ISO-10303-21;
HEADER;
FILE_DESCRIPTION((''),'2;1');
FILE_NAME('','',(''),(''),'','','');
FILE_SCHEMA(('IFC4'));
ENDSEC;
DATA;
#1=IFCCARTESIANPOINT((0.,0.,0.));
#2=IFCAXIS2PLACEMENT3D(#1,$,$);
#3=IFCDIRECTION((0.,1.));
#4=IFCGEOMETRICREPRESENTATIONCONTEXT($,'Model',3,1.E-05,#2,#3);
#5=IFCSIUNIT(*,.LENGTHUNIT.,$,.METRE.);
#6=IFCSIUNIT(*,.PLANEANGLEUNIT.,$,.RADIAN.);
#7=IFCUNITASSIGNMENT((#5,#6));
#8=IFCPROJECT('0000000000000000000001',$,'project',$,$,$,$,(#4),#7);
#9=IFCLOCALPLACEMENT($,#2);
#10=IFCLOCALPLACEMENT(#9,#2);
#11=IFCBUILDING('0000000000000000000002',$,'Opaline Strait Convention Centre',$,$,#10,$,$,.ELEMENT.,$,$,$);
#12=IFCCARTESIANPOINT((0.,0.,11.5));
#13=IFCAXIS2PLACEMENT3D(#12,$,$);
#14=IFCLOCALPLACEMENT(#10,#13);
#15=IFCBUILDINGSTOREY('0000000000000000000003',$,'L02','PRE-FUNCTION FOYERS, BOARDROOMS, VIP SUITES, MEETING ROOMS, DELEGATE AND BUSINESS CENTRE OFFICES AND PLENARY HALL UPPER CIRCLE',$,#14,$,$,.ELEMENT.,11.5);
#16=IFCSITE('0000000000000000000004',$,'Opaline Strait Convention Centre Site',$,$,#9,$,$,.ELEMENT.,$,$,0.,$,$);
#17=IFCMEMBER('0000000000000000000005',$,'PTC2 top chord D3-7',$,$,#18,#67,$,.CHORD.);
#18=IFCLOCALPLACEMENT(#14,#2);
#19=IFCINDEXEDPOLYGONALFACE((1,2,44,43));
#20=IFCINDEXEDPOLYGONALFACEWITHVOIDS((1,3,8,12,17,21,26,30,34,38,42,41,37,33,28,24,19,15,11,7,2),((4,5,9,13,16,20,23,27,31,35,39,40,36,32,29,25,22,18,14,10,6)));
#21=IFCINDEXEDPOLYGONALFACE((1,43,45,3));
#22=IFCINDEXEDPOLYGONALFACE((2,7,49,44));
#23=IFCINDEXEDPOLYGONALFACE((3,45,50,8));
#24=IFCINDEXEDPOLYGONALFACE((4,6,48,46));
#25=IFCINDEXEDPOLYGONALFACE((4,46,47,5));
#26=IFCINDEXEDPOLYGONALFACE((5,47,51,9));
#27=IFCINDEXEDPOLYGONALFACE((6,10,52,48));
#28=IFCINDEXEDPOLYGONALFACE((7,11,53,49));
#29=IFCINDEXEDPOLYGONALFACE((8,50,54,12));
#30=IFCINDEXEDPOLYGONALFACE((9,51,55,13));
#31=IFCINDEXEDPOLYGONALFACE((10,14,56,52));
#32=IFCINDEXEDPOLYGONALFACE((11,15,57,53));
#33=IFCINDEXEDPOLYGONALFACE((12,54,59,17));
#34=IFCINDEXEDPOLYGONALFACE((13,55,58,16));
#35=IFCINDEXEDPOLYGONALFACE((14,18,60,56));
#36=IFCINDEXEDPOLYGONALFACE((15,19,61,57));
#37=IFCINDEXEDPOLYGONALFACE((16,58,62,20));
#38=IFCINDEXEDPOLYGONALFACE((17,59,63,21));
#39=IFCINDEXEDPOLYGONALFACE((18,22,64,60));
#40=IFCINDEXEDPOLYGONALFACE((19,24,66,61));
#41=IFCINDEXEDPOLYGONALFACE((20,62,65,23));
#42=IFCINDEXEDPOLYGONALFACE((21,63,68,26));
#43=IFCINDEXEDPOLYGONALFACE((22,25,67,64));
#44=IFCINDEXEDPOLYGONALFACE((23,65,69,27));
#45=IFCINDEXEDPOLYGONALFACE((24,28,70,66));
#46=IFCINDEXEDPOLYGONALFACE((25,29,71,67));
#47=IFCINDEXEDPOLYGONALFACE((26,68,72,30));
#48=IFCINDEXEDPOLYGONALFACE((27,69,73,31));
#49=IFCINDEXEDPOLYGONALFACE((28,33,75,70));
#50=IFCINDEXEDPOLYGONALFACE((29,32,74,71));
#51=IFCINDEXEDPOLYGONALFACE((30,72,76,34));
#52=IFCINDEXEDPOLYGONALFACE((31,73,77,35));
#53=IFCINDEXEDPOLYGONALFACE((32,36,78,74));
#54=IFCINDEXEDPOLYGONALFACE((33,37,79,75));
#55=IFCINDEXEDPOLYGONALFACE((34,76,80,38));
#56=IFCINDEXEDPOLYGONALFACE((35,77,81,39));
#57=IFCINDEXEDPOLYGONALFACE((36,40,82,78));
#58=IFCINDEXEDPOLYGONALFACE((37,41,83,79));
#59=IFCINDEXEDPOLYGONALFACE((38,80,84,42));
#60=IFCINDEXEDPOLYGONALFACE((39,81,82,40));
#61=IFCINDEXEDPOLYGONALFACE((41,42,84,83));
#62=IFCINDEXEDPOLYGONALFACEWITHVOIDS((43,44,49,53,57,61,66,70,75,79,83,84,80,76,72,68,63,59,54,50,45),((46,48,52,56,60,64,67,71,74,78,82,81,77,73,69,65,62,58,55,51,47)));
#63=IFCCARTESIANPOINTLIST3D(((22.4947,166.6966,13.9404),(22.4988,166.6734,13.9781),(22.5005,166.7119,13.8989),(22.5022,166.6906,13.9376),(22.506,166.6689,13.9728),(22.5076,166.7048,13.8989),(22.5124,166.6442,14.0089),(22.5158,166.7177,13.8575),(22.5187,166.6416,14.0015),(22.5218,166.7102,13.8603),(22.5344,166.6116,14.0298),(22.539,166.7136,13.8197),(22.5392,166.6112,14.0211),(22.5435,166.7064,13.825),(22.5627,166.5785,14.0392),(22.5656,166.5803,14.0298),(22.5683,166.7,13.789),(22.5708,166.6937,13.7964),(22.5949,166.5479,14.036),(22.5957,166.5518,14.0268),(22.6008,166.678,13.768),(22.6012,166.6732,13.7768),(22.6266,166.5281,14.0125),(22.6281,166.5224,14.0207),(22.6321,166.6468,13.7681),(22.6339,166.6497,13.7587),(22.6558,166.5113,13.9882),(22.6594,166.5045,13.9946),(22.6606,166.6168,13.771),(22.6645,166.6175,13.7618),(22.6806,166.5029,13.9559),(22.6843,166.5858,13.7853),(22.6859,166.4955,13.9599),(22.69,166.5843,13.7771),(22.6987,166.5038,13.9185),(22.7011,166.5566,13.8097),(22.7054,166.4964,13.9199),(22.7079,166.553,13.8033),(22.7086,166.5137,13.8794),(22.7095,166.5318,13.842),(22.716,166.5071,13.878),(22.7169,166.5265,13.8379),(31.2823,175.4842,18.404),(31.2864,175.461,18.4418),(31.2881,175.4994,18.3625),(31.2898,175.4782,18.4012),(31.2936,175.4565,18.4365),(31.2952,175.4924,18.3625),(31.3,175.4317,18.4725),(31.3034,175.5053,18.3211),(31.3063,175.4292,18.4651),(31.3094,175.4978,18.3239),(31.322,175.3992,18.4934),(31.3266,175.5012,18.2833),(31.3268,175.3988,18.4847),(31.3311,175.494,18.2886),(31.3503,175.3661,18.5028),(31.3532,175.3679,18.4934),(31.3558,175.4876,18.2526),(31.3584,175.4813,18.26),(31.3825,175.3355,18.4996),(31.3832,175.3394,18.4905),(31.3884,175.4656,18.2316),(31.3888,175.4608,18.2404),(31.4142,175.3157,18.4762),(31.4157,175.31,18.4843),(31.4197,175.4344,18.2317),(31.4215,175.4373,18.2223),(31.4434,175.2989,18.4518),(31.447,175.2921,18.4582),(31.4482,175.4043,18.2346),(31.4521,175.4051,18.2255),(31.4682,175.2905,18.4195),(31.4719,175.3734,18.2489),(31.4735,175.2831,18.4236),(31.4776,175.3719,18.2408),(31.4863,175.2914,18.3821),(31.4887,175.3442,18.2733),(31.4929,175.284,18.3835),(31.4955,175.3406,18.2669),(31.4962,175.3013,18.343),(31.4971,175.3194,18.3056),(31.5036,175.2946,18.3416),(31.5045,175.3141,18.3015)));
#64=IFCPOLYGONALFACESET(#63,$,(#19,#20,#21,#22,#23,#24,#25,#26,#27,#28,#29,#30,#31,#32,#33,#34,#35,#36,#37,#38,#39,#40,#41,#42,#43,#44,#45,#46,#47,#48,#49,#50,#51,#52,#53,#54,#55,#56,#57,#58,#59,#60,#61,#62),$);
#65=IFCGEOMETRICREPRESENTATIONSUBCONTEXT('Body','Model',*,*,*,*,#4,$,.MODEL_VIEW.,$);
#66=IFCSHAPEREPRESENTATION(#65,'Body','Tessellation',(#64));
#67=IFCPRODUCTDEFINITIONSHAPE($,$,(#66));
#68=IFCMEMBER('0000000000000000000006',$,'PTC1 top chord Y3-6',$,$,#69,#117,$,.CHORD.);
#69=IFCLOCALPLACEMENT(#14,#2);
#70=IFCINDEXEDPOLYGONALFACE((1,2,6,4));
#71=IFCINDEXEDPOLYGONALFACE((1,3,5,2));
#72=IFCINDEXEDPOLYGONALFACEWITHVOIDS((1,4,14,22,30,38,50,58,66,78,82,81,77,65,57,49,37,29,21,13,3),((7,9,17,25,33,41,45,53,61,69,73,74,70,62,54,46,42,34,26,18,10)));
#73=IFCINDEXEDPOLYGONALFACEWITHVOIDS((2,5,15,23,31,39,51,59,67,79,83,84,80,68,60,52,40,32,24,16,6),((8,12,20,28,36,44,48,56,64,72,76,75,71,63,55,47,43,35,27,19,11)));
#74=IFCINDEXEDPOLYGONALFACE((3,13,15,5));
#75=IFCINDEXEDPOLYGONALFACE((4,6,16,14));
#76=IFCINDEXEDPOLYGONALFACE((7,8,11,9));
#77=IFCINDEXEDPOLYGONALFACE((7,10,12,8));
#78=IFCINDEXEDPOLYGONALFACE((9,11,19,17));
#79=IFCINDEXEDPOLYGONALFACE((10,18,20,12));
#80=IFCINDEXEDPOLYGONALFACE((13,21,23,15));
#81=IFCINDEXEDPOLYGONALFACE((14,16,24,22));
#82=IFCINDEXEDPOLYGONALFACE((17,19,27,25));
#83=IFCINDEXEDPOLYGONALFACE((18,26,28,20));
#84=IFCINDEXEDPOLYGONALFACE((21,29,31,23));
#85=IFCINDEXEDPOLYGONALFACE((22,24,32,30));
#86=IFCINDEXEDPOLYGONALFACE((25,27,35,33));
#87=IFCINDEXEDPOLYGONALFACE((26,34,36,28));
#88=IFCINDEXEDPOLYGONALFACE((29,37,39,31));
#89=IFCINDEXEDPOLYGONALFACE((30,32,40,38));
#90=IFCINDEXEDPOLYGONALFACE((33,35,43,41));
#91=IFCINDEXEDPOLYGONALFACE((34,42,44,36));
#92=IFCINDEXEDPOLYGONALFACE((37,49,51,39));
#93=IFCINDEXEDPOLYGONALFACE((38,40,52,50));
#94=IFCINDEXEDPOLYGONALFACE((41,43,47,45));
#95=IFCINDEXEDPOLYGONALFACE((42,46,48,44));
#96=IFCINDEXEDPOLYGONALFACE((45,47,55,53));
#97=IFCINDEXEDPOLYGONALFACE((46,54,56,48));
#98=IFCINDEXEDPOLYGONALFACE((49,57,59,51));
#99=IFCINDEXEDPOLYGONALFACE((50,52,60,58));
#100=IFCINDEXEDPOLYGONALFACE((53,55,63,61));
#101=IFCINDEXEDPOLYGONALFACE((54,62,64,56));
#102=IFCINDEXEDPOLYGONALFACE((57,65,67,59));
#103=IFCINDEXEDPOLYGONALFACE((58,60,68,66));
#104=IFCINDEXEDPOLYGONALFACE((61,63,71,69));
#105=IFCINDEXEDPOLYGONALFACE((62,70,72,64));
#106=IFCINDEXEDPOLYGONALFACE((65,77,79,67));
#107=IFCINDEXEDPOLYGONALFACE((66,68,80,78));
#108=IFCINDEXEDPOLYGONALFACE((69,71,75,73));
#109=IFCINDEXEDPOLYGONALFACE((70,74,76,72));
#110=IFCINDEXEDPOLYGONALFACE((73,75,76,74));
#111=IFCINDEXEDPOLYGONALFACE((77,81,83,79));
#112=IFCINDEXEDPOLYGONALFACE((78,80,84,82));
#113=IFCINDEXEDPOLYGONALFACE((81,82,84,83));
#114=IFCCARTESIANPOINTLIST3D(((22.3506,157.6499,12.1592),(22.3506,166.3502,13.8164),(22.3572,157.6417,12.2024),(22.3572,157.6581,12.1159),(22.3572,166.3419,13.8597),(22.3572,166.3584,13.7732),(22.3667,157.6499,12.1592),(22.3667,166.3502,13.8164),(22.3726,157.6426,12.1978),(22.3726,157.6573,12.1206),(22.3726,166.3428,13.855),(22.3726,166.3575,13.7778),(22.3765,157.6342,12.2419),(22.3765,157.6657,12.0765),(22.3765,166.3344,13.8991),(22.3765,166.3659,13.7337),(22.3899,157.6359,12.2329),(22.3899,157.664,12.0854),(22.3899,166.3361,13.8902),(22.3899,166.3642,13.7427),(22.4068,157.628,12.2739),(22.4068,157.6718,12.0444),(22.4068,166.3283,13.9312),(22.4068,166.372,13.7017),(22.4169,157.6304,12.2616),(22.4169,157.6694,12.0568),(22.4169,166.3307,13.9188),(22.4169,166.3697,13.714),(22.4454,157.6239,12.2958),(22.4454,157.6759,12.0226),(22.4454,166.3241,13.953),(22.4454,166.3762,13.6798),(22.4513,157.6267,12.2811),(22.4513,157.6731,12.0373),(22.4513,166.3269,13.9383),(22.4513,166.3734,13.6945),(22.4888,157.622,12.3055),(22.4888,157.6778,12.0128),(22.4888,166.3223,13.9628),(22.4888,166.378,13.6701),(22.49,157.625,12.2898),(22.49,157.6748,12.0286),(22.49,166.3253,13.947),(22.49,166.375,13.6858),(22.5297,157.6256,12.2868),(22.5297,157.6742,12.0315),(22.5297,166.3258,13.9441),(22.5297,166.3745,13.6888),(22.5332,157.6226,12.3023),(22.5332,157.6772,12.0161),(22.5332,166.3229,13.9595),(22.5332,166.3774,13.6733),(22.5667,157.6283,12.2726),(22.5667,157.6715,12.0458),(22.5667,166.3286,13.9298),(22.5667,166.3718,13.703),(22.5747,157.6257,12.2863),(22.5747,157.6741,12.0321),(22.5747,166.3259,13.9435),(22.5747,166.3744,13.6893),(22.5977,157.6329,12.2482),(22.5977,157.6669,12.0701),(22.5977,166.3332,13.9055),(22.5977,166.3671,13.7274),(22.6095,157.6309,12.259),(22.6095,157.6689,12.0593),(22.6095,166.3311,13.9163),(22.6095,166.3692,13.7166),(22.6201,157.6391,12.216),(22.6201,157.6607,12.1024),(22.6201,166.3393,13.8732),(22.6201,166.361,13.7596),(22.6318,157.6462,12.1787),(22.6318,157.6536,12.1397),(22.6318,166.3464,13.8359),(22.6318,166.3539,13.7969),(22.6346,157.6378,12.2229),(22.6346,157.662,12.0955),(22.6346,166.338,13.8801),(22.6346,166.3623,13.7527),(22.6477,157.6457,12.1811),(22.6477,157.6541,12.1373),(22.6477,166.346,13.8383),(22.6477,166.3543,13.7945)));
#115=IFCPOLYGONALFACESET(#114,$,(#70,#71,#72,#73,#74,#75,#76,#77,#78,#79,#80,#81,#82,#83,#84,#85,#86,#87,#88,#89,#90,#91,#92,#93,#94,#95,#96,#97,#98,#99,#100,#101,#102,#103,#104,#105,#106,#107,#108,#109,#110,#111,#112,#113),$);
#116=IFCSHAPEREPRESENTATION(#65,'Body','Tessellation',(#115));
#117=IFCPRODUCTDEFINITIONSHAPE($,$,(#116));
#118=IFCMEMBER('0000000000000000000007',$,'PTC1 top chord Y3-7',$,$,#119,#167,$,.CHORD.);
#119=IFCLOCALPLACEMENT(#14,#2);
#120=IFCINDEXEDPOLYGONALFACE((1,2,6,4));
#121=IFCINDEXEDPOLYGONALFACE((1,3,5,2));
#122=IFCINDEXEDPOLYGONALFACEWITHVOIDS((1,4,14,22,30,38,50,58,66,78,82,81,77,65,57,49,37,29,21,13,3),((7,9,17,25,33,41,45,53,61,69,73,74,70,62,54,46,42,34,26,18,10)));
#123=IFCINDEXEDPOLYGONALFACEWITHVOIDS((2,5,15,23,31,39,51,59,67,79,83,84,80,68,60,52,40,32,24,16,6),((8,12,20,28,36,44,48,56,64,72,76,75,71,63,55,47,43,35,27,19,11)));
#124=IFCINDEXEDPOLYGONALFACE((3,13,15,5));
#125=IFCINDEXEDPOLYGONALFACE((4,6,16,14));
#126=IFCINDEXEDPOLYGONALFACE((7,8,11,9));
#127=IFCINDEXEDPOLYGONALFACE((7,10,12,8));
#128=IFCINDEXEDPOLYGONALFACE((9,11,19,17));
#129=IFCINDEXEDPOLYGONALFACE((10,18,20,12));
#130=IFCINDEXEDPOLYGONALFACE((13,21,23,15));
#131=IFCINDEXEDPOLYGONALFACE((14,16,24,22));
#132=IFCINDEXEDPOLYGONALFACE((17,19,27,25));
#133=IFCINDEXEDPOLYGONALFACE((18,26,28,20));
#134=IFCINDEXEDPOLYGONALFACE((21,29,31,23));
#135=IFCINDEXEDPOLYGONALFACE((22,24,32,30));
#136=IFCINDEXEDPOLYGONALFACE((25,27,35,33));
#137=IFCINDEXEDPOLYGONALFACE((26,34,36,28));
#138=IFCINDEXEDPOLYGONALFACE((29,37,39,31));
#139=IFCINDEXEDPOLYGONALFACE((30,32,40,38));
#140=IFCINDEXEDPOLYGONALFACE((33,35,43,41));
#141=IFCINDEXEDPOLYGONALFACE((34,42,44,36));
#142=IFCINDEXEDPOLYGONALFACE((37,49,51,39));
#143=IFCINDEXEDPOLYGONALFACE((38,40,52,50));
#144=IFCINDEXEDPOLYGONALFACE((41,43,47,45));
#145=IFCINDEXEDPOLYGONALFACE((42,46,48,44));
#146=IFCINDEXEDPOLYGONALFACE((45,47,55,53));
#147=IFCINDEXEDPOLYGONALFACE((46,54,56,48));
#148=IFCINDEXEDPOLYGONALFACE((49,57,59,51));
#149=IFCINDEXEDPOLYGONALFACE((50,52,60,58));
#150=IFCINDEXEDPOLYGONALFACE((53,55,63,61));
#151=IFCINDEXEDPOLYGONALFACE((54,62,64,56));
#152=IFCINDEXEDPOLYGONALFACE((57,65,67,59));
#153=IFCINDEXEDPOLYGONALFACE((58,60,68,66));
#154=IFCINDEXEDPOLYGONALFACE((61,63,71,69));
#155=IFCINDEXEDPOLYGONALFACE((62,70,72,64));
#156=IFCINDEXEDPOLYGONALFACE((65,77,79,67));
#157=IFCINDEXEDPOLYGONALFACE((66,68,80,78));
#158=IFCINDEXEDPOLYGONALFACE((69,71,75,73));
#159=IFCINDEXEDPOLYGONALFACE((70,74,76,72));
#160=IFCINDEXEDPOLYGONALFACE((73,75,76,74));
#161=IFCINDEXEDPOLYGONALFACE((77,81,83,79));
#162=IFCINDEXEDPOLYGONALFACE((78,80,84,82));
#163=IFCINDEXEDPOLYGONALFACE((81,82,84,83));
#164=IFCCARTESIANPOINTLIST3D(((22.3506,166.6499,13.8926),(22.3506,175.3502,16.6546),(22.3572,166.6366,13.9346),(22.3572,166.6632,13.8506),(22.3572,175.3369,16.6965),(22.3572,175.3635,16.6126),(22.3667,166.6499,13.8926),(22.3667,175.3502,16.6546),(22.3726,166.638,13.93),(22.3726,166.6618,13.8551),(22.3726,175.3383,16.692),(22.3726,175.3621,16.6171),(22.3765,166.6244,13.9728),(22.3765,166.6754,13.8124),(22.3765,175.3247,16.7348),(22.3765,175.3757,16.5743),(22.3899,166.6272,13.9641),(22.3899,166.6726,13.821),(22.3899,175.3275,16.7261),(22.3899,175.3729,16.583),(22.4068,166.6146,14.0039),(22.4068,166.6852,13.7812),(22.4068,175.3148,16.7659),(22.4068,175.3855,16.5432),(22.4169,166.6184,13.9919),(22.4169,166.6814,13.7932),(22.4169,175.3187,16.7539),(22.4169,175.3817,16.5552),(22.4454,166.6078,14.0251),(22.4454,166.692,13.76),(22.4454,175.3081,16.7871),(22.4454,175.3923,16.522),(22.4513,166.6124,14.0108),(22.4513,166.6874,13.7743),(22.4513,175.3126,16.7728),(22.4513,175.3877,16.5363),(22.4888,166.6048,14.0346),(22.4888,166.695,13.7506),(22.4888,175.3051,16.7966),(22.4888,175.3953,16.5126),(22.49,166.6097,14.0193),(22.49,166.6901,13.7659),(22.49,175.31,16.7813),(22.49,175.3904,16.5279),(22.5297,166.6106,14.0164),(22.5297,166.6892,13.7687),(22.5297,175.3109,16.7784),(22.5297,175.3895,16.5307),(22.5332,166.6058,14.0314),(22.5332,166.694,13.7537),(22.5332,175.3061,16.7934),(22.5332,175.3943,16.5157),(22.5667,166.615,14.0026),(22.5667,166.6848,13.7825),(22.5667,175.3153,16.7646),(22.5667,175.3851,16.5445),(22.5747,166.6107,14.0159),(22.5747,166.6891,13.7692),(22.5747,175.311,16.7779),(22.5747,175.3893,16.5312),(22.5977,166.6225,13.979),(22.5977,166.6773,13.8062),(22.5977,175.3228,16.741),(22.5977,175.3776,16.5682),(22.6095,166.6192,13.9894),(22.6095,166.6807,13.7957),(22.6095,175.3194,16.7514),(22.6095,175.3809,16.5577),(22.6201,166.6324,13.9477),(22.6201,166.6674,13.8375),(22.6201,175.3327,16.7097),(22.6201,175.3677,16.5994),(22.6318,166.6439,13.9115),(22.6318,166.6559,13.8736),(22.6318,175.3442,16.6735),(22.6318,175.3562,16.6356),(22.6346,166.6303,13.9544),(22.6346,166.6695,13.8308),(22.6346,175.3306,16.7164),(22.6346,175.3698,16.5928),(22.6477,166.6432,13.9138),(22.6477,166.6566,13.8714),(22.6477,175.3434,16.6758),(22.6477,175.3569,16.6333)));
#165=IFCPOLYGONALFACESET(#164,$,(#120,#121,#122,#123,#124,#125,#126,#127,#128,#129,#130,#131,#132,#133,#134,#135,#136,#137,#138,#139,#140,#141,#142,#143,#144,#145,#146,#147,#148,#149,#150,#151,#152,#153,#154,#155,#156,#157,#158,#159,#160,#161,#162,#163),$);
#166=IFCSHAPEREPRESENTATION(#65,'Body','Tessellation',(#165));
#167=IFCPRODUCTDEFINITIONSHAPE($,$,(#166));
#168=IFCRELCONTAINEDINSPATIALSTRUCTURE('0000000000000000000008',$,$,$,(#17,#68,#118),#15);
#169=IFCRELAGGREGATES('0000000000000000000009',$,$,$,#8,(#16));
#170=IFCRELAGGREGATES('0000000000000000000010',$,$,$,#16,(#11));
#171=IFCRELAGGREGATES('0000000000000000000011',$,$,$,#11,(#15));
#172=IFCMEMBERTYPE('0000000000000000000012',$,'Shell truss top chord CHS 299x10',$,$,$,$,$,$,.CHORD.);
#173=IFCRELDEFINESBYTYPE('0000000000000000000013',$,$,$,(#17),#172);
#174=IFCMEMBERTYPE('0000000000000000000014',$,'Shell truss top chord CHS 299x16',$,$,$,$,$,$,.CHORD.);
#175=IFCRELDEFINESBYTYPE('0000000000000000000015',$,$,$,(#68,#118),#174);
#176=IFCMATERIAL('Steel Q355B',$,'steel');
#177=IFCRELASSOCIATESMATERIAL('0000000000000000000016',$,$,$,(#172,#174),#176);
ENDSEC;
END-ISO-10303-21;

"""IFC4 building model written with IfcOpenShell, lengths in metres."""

from ifc_helpers import new_model, si_unit, direction, frame, origin, origin_2d, place, context, subcontext, project, spatial, hollow_circle, extrude, material, material_profile, profile_set, type_object, element, save


model = new_model("IFC4")

# Units and contexts
model_context = context("Model", 3, precision=1e-05, world=origin(), true_north=direction((0.0, 1.0)))
body_context = subcontext(model_context, "Body", "Model", "MODEL_VIEW")
ifc_project = project(units=[si_unit("LENGTHUNIT", "METRE"), si_unit("PLANEANGLEUNIT", "RADIAN")], contexts=[model_context])

# Site, building, storey
site_placement = place(None, origin())
site = spatial("IfcSite", under=ifc_project, at=site_placement, Name="Opaline Strait Convention Centre Site", CompositionType="ELEMENT", RefElevation=0.0)
building_placement = place(site_placement, origin())
building = spatial("IfcBuilding", under=site, at=building_placement, Name="Opaline Strait Convention Centre", CompositionType="ELEMENT")
storey_placement = place(building_placement, frame((0.0, 0.0, 11.5)))
storey = spatial("IfcBuildingStorey", under=building, at=storey_placement, Name="L02", Description="PRE-FUNCTION FOYERS, BOARDROOMS, VIP SUITES, MEETING ROOMS, DELEGATE AND BUSINESS CENTRE OFFICES AND PLENARY HALL UPPER CIRCLE", CompositionType="ELEMENT", Elevation=11.5)

# Members
ifc_material_1 = material(Name="Steel Q355B", Category="steel")
ifc_material_profile_1 = material_profile(ifc_material_1, hollow_circle(Radius=0.1494, WallThickness=0.01, at=origin_2d()), Name="CHS 299x10")
ifc_profile_set_1 = profile_set([ifc_material_profile_1], Name="Steel Q355B")
member_type_1 = type_object("IfcMemberType", Name="Shell truss top chord CHS 299x10", PredefinedType="CHORD", material=ifc_profile_set_1)
member_1_placement = place(storey_placement, frame((22.6062, 166.6062, 13.8989), z_axis=(0.665483, 0.665483, 0.338029), x_axis=(-0.707107, 0.707107, 0.0)))
element("IfcMember", 1, at=member_1_placement, inside=storey, type_object=member_type_1, Name="PTC2 top chord D3-7", PredefinedType="CHORD", context=body_context, shape_type="SweptSolid", body=[
    extrude(hollow_circle(Radius=0.1494, WallThickness=0.01, at=origin_2d()), origin(), (0.0, 0.0, 1.0), 13.2048),
])
ifc_material_profile_2 = material_profile(ifc_material_1, hollow_circle(Radius=0.1494, WallThickness=0.0161, at=origin_2d()), Name="CHS 299x16")
ifc_profile_set_2 = profile_set([ifc_material_profile_2], Name="Steel Q355B")
member_type_2 = type_object("IfcMemberType", Name="Shell truss top chord CHS 299x16", PredefinedType="CHORD", material=ifc_profile_set_2)
member_2_placement = place(storey_placement, frame((22.5, 157.6499, 12.1592), z_axis=(0.0, 0.982338, 0.187117), x_axis=(-1.0, 0.0, 0.0)))
element("IfcMember", 2, at=member_2_placement, inside=storey, type_object=member_type_2, Name="PTC1 top chord Y3-6", PredefinedType="CHORD", context=body_context, shape_type="SweptSolid", body=[
    extrude(hollow_circle(Radius=0.1494, WallThickness=0.0161, at=origin_2d()), origin(), (0.0, 0.0, 1.0), 8.8567),
])
member_3_placement = place(storey_placement, frame((22.5, 166.6499, 13.8926), z_axis=(0.0, 0.953124, 0.302579), x_axis=(-1.0, 0.0, 0.0)))
element("IfcMember", 3, at=member_3_placement, inside=storey, type_object=member_type_2, Name="PTC1 top chord Y3-7", PredefinedType="CHORD", context=body_context, shape_type="SweptSolid", body=[
    extrude(hollow_circle(Radius=0.1494, WallThickness=0.0161, at=origin_2d()), origin(), (0.0, 0.0, 1.0), 9.1282),
])

save(model, "model.ifc")
